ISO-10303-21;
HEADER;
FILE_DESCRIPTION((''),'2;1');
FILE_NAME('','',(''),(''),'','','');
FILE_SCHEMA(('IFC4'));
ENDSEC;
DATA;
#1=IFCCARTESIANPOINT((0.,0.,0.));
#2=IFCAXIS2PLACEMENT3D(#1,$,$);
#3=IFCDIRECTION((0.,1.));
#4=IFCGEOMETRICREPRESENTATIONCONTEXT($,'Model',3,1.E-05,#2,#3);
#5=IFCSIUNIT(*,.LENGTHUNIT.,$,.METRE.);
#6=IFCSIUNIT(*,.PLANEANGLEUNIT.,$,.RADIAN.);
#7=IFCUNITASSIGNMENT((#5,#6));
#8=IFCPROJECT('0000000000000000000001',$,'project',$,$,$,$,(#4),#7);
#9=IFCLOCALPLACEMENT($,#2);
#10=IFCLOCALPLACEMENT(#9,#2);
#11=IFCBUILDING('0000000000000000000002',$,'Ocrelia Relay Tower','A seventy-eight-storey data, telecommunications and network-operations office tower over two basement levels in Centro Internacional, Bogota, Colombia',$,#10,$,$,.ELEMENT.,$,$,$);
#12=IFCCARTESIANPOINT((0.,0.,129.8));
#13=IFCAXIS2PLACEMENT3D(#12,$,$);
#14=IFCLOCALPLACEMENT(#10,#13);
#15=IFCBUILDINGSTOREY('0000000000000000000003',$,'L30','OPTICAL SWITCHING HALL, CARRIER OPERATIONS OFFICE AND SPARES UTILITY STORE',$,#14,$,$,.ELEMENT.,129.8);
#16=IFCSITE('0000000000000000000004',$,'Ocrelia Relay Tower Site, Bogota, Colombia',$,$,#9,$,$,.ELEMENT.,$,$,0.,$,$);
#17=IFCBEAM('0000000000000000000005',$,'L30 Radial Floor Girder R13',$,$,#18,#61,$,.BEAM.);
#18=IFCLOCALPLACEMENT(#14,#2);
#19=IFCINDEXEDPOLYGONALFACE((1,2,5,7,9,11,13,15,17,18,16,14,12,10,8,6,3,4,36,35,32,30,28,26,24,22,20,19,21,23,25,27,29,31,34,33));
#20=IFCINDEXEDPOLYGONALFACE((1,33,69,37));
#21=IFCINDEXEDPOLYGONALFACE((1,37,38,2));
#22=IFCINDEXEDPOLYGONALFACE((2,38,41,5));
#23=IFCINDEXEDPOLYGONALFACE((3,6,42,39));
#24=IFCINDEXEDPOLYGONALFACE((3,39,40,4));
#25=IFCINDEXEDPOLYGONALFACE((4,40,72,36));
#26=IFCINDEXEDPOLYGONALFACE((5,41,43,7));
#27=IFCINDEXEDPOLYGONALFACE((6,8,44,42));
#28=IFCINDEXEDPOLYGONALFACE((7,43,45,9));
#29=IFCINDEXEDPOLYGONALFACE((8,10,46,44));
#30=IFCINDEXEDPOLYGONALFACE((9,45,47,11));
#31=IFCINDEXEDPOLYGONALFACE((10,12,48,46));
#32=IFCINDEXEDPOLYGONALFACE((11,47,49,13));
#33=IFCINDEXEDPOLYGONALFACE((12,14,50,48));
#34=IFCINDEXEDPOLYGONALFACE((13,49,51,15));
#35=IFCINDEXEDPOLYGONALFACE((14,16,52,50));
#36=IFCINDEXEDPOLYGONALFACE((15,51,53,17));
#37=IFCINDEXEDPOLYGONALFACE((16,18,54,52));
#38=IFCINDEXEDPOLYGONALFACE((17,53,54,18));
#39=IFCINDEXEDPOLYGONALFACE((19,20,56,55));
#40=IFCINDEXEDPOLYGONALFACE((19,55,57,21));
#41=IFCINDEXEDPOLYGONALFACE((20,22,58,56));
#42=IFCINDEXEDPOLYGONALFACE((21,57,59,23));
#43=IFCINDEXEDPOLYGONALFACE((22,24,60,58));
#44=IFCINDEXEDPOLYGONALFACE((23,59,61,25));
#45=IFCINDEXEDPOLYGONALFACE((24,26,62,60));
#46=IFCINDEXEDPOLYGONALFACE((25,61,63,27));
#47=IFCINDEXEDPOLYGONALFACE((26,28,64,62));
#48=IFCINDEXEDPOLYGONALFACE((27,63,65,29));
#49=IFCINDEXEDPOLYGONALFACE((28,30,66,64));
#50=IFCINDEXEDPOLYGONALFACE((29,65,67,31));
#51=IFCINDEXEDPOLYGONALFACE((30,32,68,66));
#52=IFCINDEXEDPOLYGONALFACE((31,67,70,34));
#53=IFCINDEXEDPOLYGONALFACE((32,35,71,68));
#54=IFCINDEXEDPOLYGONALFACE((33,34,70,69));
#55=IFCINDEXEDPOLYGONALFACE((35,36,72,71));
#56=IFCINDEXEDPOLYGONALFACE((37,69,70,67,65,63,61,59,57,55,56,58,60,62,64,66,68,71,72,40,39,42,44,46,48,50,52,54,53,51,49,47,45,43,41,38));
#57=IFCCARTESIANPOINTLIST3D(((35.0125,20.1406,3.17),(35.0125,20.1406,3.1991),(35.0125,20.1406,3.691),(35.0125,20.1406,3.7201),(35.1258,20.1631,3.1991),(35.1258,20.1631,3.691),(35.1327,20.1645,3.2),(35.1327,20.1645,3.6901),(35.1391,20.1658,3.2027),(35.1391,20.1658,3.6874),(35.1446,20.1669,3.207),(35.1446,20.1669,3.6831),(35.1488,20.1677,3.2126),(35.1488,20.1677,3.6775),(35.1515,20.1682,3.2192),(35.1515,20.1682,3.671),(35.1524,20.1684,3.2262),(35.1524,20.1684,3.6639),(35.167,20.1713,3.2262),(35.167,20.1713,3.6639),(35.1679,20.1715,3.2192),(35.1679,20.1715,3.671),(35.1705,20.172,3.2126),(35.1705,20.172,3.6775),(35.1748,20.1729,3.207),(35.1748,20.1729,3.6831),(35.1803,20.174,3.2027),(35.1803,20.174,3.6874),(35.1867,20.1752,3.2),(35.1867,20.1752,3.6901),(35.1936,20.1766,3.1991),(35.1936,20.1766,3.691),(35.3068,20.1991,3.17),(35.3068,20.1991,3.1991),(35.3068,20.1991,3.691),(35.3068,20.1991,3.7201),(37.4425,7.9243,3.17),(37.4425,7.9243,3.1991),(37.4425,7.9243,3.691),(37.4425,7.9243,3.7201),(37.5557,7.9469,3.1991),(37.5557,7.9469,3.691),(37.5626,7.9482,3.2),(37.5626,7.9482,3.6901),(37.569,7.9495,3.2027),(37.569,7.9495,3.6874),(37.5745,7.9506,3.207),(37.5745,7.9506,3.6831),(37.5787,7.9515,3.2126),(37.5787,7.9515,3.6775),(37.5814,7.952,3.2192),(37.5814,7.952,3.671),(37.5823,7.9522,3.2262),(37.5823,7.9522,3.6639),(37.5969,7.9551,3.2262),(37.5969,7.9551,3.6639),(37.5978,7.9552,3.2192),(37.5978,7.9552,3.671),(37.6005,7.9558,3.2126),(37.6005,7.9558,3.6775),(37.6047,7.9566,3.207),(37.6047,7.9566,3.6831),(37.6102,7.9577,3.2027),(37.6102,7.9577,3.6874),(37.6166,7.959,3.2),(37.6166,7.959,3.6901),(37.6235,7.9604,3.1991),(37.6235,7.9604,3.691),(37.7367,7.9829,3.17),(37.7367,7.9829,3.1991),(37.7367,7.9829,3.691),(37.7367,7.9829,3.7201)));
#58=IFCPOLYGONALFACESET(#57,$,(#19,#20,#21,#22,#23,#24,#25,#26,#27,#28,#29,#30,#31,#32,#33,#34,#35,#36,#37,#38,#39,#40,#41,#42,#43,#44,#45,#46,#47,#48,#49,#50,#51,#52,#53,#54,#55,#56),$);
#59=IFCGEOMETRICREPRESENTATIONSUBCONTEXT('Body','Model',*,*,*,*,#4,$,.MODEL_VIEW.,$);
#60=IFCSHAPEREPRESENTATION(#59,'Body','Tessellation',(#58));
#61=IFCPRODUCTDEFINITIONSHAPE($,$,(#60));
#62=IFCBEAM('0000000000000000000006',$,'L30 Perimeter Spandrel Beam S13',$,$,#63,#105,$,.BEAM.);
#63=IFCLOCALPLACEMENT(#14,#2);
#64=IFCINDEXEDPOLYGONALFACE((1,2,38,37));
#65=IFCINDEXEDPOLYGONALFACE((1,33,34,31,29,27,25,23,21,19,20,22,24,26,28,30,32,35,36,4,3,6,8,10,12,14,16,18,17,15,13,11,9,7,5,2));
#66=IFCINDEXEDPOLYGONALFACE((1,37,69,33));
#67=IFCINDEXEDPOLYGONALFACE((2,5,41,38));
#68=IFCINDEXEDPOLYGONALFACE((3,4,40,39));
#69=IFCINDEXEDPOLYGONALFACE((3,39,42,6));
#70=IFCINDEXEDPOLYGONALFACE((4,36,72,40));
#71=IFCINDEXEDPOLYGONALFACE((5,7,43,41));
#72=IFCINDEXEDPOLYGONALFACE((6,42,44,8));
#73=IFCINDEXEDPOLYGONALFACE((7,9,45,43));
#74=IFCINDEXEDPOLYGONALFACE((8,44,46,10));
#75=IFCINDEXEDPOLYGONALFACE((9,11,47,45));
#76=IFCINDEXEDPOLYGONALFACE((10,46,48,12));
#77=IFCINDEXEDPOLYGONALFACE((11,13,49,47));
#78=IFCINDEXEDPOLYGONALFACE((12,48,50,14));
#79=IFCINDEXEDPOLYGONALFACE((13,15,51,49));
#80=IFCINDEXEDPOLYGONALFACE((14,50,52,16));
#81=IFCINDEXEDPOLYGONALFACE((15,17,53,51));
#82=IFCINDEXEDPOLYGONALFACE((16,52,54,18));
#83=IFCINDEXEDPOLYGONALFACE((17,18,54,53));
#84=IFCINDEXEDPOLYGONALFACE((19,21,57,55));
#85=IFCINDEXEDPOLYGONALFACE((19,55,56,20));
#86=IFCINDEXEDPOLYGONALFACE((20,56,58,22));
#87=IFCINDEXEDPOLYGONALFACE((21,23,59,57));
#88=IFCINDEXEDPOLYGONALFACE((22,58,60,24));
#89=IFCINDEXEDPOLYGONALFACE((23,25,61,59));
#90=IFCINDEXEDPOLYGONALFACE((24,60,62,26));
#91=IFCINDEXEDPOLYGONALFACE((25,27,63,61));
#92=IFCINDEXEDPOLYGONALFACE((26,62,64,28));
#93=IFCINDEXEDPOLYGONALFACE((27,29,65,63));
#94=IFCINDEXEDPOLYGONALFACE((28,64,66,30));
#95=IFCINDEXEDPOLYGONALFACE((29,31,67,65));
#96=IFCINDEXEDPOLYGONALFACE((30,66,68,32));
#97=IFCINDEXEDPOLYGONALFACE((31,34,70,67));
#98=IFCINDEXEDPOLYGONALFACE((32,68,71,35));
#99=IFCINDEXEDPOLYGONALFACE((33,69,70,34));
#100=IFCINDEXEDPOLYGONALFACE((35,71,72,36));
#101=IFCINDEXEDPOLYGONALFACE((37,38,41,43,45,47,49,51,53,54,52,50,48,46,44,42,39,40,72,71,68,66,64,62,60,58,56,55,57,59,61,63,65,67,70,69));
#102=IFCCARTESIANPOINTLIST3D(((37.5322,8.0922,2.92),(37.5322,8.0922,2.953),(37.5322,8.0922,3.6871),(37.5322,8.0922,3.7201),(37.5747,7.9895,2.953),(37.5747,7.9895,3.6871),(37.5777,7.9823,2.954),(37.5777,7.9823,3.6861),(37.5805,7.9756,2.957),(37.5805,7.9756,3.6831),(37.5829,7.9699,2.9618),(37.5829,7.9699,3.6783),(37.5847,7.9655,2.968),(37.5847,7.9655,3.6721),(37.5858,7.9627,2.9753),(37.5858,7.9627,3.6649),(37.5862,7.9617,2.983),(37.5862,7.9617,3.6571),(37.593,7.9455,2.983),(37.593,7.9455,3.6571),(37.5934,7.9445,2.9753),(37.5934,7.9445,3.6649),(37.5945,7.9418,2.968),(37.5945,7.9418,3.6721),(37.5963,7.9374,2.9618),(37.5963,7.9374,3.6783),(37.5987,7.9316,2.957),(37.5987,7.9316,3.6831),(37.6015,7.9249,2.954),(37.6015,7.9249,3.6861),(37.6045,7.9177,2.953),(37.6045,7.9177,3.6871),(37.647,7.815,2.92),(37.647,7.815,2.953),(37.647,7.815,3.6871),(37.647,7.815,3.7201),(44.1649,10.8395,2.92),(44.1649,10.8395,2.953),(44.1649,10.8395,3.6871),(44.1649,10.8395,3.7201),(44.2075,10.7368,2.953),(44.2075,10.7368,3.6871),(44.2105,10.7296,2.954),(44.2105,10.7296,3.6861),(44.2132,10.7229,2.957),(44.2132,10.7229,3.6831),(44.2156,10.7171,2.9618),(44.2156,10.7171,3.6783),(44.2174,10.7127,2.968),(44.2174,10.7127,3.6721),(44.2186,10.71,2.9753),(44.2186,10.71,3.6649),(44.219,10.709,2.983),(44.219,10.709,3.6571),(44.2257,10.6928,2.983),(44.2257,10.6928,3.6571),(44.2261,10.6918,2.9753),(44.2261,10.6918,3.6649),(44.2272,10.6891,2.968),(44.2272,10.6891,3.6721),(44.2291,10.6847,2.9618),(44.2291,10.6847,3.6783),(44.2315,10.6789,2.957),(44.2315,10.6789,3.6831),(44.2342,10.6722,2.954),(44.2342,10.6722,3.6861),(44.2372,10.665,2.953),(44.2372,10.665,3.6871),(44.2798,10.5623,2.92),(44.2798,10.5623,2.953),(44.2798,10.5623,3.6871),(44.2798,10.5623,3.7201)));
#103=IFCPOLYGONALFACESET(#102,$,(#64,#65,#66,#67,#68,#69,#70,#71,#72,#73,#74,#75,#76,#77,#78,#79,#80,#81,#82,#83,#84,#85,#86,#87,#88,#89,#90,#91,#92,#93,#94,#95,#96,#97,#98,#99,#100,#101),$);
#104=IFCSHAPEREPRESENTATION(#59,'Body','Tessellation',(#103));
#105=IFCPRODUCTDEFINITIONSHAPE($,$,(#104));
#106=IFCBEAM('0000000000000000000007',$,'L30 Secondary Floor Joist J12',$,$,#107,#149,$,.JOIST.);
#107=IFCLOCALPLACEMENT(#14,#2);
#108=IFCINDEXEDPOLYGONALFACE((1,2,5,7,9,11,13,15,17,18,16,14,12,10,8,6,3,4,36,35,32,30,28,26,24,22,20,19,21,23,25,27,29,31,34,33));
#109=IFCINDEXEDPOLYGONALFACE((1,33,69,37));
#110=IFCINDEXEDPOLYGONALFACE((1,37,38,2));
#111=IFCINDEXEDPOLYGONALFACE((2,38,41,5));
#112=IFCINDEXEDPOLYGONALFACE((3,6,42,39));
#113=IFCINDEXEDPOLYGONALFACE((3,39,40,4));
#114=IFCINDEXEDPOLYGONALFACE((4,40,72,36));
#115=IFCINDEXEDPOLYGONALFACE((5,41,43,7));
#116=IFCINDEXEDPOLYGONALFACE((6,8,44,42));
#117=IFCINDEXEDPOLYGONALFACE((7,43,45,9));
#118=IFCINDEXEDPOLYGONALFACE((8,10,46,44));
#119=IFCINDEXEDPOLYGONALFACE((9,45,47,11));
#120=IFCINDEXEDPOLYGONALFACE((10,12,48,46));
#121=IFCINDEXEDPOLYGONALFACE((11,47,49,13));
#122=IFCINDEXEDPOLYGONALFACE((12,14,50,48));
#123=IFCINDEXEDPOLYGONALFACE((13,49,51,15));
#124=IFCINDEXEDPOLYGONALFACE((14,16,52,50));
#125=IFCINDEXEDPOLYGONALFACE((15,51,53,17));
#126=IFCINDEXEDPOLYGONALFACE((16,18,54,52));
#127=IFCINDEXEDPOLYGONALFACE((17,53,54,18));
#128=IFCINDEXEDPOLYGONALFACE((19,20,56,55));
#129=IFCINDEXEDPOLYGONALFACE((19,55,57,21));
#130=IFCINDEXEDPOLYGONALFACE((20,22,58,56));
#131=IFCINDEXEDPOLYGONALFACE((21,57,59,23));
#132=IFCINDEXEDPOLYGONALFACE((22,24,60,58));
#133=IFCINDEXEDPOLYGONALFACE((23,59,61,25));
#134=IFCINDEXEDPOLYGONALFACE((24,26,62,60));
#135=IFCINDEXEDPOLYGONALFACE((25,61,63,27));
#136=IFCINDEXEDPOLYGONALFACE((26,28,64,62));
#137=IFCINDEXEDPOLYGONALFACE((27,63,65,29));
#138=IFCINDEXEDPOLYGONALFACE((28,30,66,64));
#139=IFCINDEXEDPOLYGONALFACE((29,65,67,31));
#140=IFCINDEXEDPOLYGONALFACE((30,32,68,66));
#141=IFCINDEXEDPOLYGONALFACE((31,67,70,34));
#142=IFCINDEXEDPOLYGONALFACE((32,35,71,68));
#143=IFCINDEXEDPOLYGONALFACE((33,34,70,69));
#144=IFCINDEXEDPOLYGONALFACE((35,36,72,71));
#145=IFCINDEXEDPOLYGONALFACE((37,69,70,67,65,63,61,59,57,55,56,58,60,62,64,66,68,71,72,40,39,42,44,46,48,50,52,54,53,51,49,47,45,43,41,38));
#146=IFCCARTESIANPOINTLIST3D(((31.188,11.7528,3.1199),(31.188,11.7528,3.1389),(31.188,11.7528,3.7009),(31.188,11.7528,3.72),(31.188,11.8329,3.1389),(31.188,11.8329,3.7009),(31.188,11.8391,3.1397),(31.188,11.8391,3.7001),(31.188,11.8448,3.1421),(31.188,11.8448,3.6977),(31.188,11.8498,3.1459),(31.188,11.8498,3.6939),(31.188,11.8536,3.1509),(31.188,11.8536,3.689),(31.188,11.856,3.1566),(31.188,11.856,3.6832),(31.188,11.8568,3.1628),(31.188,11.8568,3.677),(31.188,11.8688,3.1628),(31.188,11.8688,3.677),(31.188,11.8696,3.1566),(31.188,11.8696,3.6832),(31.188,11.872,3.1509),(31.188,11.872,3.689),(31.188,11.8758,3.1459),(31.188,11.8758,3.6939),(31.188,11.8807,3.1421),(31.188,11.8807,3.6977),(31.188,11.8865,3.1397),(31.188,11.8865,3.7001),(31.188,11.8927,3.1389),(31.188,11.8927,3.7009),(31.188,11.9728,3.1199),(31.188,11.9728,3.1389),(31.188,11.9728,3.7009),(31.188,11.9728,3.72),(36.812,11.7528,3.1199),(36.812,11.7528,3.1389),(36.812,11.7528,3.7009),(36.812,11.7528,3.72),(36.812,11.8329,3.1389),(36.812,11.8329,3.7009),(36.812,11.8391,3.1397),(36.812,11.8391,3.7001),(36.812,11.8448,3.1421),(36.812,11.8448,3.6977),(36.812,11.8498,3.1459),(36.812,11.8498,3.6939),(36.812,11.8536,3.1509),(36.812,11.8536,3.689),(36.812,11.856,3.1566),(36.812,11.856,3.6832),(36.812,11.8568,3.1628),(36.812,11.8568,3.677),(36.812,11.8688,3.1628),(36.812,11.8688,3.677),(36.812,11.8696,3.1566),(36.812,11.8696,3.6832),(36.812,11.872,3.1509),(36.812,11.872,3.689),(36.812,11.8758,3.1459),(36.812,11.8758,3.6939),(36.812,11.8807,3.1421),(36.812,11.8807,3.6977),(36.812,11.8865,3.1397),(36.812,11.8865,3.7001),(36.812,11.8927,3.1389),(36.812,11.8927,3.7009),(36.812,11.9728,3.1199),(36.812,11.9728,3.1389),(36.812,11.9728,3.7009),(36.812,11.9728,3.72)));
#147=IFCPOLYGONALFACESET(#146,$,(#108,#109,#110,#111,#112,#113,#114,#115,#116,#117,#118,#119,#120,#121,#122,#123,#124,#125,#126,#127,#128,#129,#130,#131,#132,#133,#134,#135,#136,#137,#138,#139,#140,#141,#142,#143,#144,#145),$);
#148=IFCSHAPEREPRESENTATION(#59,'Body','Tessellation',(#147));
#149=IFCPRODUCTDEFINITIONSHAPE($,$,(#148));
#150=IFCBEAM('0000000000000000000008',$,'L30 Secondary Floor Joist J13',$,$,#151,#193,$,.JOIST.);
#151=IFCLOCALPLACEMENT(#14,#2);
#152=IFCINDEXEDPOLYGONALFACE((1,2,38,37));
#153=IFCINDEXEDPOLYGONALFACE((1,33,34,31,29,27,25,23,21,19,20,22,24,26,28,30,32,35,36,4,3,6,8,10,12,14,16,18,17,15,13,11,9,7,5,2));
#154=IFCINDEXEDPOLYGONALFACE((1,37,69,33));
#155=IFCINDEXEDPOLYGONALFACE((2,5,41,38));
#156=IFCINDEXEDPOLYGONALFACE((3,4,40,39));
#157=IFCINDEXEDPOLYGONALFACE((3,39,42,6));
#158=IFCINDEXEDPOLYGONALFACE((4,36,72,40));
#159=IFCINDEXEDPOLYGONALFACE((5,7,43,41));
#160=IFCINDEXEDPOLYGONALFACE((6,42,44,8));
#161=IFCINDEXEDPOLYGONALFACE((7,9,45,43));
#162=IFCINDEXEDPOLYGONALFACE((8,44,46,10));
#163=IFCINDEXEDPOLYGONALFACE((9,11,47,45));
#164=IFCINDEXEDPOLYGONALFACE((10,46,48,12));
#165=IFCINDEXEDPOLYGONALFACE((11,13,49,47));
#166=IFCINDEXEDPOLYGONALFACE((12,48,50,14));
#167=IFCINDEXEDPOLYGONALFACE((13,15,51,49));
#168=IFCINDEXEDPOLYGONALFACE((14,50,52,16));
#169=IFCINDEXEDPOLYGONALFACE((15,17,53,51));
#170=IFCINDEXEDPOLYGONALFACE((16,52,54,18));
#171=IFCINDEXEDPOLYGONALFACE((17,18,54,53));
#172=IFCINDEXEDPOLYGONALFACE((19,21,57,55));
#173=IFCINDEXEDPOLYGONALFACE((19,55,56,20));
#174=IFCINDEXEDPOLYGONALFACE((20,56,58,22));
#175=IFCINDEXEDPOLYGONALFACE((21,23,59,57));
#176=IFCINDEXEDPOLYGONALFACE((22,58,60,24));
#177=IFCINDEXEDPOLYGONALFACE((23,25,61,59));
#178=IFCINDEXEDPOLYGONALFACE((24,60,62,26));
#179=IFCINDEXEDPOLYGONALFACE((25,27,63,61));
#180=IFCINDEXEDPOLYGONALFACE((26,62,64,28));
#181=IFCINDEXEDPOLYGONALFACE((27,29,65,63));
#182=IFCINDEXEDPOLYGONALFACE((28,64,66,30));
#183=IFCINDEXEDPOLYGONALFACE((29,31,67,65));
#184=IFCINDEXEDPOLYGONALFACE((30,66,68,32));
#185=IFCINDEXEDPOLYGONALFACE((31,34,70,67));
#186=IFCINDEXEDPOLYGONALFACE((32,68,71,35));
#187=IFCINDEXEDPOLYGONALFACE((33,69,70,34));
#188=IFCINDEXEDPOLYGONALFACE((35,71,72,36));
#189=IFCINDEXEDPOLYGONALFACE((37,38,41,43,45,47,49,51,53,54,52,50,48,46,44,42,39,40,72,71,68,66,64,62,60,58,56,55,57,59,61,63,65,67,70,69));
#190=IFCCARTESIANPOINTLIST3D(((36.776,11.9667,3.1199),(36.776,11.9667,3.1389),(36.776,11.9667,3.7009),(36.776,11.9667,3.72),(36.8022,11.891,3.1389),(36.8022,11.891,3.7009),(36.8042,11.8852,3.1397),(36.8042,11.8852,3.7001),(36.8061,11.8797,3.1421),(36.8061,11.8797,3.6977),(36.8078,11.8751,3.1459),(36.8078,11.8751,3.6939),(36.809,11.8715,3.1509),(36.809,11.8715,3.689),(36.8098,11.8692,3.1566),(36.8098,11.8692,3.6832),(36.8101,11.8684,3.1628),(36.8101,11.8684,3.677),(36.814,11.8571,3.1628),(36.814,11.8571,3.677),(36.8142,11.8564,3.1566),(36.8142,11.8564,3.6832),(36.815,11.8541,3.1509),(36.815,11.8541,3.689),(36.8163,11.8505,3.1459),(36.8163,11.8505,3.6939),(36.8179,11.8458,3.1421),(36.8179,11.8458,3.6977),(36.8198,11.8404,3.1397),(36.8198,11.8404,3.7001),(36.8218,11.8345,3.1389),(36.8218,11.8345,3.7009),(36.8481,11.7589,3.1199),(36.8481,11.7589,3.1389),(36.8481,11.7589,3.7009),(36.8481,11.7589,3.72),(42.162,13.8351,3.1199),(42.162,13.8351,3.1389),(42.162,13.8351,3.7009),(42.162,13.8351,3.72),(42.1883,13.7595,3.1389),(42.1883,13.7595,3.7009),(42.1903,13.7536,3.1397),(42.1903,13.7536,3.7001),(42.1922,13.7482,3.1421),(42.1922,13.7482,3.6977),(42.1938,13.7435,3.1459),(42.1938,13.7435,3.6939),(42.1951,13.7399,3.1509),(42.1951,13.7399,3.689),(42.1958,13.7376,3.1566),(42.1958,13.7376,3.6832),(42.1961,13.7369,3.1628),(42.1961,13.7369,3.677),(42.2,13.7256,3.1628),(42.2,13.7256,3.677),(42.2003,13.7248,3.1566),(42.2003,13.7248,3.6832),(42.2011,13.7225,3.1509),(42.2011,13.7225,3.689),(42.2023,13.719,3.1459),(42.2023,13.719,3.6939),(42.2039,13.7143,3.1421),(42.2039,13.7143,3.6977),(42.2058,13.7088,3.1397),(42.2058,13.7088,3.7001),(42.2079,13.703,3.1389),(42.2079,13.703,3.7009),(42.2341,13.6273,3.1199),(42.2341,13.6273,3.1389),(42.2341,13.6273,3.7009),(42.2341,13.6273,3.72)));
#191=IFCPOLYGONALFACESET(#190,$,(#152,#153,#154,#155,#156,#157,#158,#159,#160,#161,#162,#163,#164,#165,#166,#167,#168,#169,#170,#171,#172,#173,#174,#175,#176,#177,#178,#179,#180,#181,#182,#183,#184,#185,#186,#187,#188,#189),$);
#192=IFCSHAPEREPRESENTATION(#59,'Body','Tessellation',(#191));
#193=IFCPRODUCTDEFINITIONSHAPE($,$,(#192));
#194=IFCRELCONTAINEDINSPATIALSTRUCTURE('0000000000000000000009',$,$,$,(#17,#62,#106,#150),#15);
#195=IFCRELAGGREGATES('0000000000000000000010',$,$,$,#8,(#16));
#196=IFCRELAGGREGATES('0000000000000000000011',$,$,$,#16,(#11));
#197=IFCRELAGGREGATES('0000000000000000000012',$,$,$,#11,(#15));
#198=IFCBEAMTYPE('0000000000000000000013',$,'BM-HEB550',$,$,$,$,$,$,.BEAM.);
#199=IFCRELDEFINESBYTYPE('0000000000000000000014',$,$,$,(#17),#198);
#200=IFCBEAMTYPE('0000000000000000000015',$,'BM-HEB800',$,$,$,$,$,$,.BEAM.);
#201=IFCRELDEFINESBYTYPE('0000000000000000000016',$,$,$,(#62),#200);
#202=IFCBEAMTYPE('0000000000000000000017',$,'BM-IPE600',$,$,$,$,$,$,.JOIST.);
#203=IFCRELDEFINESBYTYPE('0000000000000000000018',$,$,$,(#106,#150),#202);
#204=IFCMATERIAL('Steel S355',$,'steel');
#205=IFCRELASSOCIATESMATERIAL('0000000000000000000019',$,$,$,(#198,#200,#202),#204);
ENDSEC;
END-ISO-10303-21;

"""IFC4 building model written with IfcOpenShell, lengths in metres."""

from ifc_helpers import new_model, si_unit, direction, frame, origin, origin_2d, place, context, subcontext, project, spatial, i_section, extrude, material, material_profile, profile_set, type_object, element, save


model = new_model("IFC4")

# Units and contexts
model_context = context("Model", 3, precision=1e-05, world=origin(), true_north=direction((0.0, 1.0)))
body_context = subcontext(model_context, "Body", "Model", "MODEL_VIEW")
ifc_project = project(units=[si_unit("LENGTHUNIT", "METRE"), si_unit("PLANEANGLEUNIT", "RADIAN")], contexts=[model_context])

# Site, building, storey
site_placement = place(None, origin())
site = spatial("IfcSite", under=ifc_project, at=site_placement, Name="Ocrelia Relay Tower Site, Bogota, Colombia", CompositionType="ELEMENT", RefElevation=0.0)
building_placement = place(site_placement, origin())
building = spatial("IfcBuilding", under=site, at=building_placement, Name="Ocrelia Relay Tower", Description="A seventy-eight-storey data, telecommunications and network-operations office tower over two basement levels in Centro Internacional, Bogota, Colombia", CompositionType="ELEMENT")
storey_placement = place(building_placement, frame((0.0, 0.0, 129.8)))
storey = spatial("IfcBuildingStorey", under=building, at=storey_placement, Name="L30", Description="OPTICAL SWITCHING HALL, CARRIER OPERATIONS OFFICE AND SPARES UTILITY STORE", CompositionType="ELEMENT", Elevation=129.8)

# Beams
ifc_material_1 = material(Name="Steel S355", Category="steel")
ifc_material_profile_1 = material_profile(ifc_material_1, i_section(OverallWidth=0.3, OverallDepth=0.55, WebThickness=0.0149, FlangeThickness=0.0291, FilletRadius=0.0271, at=origin_2d()), Name="HEB 550")
ifc_profile_set_1 = profile_set([ifc_material_profile_1], Name="Steel S355")
beam_type_1 = type_object("IfcBeamType", Name="BM-HEB550", PredefinedType="BEAM", material=ifc_profile_set_1)
beam_1_placement = place(storey_placement, frame((37.5896, 7.9536, 3.4451), z_axis=(-0.195087, 0.980786, 0.0), x_axis=(-0.980786, -0.195087, 0.0)))
element("IfcBeam", 1, at=beam_1_placement, inside=storey, type_object=beam_type_1, Name="L30 Radial Floor Girder R13", PredefinedType="BEAM", context=body_context, shape_type="SweptSolid", body=[
    extrude(i_section(OverallWidth=0.3, OverallDepth=0.55, WebThickness=0.0149, FlangeThickness=0.0291, FilletRadius=0.0271, at=origin_2d()), origin(), (0.0, 0.0, 1.0), 12.4556),
])
ifc_material_profile_2 = material_profile(ifc_material_1, i_section(OverallWidth=0.3, OverallDepth=0.8, WebThickness=0.0176, FlangeThickness=0.033, FilletRadius=0.03, at=origin_2d()), Name="HEB 800")
ifc_profile_set_2 = profile_set([ifc_material_profile_2], Name="Steel S355")
beam_type_2 = type_object("IfcBeamType", Name="BM-HEB800", PredefinedType="BEAM", material=ifc_profile_set_2)
beam_2_placement = place(storey_placement, frame((37.5896, 7.9536, 3.3201), z_axis=(0.923884, 0.382673, 0.0), x_axis=(-0.382673, 0.923884, 0.0)))
element("IfcBeam", 2, at=beam_2_placement, inside=storey, type_object=beam_type_2, Name="L30 Perimeter Spandrel Beam S13", PredefinedType="BEAM", context=body_context, shape_type="SweptSolid", body=[
    extrude(i_section(OverallWidth=0.3, OverallDepth=0.8, WebThickness=0.0176, FlangeThickness=0.033, FilletRadius=0.03, at=origin_2d()), origin(), (0.0, 0.0, 1.0), 7.1792),
])
ifc_material_profile_3 = material_profile(ifc_material_1, i_section(OverallWidth=0.22, OverallDepth=0.6001, WebThickness=0.012, FlangeThickness=0.019, FilletRadius=0.0239, at=origin_2d()), Name="IPE 600")
ifc_profile_set_3 = profile_set([ifc_material_profile_3], Name="Steel S355")
beam_type_3 = type_object("IfcBeamType", Name="BM-IPE600", PredefinedType="JOIST", material=ifc_profile_set_3)
beam_3_placement = place(storey_placement, frame((31.188, 11.8628, 3.4199), z_axis=(1.0, 0.0, 0.0), x_axis=(0.0, 1.0, 0.0)))
element("IfcBeam", 3, at=beam_3_placement, inside=storey, type_object=beam_type_3, Name="L30 Secondary Floor Joist J12", PredefinedType="JOIST", context=body_context, shape_type="SweptSolid", body=[
    extrude(i_section(OverallWidth=0.22, OverallDepth=0.6001, WebThickness=0.012, FlangeThickness=0.019, FilletRadius=0.0239, at=origin_2d()), origin(), (0.0, 0.0, 1.0), 5.624),
])
beam_4_placement = place(storey_placement, frame((36.812, 11.8628, 3.4199), z_axis=(0.944767, 0.327741, 0.0), x_axis=(-0.327741, 0.944767, 0.0)))
element("IfcBeam", 4, at=beam_4_placement, inside=storey, type_object=beam_type_3, Name="L30 Secondary Floor Joist J13", PredefinedType="JOIST", context=body_context, shape_type="SweptSolid", body=[
    extrude(i_section(OverallWidth=0.22, OverallDepth=0.6001, WebThickness=0.012, FlangeThickness=0.019, FilletRadius=0.0239, at=origin_2d()), origin(), (0.0, 0.0, 1.0), 5.7009),
])

save(model, "model.ifc")
